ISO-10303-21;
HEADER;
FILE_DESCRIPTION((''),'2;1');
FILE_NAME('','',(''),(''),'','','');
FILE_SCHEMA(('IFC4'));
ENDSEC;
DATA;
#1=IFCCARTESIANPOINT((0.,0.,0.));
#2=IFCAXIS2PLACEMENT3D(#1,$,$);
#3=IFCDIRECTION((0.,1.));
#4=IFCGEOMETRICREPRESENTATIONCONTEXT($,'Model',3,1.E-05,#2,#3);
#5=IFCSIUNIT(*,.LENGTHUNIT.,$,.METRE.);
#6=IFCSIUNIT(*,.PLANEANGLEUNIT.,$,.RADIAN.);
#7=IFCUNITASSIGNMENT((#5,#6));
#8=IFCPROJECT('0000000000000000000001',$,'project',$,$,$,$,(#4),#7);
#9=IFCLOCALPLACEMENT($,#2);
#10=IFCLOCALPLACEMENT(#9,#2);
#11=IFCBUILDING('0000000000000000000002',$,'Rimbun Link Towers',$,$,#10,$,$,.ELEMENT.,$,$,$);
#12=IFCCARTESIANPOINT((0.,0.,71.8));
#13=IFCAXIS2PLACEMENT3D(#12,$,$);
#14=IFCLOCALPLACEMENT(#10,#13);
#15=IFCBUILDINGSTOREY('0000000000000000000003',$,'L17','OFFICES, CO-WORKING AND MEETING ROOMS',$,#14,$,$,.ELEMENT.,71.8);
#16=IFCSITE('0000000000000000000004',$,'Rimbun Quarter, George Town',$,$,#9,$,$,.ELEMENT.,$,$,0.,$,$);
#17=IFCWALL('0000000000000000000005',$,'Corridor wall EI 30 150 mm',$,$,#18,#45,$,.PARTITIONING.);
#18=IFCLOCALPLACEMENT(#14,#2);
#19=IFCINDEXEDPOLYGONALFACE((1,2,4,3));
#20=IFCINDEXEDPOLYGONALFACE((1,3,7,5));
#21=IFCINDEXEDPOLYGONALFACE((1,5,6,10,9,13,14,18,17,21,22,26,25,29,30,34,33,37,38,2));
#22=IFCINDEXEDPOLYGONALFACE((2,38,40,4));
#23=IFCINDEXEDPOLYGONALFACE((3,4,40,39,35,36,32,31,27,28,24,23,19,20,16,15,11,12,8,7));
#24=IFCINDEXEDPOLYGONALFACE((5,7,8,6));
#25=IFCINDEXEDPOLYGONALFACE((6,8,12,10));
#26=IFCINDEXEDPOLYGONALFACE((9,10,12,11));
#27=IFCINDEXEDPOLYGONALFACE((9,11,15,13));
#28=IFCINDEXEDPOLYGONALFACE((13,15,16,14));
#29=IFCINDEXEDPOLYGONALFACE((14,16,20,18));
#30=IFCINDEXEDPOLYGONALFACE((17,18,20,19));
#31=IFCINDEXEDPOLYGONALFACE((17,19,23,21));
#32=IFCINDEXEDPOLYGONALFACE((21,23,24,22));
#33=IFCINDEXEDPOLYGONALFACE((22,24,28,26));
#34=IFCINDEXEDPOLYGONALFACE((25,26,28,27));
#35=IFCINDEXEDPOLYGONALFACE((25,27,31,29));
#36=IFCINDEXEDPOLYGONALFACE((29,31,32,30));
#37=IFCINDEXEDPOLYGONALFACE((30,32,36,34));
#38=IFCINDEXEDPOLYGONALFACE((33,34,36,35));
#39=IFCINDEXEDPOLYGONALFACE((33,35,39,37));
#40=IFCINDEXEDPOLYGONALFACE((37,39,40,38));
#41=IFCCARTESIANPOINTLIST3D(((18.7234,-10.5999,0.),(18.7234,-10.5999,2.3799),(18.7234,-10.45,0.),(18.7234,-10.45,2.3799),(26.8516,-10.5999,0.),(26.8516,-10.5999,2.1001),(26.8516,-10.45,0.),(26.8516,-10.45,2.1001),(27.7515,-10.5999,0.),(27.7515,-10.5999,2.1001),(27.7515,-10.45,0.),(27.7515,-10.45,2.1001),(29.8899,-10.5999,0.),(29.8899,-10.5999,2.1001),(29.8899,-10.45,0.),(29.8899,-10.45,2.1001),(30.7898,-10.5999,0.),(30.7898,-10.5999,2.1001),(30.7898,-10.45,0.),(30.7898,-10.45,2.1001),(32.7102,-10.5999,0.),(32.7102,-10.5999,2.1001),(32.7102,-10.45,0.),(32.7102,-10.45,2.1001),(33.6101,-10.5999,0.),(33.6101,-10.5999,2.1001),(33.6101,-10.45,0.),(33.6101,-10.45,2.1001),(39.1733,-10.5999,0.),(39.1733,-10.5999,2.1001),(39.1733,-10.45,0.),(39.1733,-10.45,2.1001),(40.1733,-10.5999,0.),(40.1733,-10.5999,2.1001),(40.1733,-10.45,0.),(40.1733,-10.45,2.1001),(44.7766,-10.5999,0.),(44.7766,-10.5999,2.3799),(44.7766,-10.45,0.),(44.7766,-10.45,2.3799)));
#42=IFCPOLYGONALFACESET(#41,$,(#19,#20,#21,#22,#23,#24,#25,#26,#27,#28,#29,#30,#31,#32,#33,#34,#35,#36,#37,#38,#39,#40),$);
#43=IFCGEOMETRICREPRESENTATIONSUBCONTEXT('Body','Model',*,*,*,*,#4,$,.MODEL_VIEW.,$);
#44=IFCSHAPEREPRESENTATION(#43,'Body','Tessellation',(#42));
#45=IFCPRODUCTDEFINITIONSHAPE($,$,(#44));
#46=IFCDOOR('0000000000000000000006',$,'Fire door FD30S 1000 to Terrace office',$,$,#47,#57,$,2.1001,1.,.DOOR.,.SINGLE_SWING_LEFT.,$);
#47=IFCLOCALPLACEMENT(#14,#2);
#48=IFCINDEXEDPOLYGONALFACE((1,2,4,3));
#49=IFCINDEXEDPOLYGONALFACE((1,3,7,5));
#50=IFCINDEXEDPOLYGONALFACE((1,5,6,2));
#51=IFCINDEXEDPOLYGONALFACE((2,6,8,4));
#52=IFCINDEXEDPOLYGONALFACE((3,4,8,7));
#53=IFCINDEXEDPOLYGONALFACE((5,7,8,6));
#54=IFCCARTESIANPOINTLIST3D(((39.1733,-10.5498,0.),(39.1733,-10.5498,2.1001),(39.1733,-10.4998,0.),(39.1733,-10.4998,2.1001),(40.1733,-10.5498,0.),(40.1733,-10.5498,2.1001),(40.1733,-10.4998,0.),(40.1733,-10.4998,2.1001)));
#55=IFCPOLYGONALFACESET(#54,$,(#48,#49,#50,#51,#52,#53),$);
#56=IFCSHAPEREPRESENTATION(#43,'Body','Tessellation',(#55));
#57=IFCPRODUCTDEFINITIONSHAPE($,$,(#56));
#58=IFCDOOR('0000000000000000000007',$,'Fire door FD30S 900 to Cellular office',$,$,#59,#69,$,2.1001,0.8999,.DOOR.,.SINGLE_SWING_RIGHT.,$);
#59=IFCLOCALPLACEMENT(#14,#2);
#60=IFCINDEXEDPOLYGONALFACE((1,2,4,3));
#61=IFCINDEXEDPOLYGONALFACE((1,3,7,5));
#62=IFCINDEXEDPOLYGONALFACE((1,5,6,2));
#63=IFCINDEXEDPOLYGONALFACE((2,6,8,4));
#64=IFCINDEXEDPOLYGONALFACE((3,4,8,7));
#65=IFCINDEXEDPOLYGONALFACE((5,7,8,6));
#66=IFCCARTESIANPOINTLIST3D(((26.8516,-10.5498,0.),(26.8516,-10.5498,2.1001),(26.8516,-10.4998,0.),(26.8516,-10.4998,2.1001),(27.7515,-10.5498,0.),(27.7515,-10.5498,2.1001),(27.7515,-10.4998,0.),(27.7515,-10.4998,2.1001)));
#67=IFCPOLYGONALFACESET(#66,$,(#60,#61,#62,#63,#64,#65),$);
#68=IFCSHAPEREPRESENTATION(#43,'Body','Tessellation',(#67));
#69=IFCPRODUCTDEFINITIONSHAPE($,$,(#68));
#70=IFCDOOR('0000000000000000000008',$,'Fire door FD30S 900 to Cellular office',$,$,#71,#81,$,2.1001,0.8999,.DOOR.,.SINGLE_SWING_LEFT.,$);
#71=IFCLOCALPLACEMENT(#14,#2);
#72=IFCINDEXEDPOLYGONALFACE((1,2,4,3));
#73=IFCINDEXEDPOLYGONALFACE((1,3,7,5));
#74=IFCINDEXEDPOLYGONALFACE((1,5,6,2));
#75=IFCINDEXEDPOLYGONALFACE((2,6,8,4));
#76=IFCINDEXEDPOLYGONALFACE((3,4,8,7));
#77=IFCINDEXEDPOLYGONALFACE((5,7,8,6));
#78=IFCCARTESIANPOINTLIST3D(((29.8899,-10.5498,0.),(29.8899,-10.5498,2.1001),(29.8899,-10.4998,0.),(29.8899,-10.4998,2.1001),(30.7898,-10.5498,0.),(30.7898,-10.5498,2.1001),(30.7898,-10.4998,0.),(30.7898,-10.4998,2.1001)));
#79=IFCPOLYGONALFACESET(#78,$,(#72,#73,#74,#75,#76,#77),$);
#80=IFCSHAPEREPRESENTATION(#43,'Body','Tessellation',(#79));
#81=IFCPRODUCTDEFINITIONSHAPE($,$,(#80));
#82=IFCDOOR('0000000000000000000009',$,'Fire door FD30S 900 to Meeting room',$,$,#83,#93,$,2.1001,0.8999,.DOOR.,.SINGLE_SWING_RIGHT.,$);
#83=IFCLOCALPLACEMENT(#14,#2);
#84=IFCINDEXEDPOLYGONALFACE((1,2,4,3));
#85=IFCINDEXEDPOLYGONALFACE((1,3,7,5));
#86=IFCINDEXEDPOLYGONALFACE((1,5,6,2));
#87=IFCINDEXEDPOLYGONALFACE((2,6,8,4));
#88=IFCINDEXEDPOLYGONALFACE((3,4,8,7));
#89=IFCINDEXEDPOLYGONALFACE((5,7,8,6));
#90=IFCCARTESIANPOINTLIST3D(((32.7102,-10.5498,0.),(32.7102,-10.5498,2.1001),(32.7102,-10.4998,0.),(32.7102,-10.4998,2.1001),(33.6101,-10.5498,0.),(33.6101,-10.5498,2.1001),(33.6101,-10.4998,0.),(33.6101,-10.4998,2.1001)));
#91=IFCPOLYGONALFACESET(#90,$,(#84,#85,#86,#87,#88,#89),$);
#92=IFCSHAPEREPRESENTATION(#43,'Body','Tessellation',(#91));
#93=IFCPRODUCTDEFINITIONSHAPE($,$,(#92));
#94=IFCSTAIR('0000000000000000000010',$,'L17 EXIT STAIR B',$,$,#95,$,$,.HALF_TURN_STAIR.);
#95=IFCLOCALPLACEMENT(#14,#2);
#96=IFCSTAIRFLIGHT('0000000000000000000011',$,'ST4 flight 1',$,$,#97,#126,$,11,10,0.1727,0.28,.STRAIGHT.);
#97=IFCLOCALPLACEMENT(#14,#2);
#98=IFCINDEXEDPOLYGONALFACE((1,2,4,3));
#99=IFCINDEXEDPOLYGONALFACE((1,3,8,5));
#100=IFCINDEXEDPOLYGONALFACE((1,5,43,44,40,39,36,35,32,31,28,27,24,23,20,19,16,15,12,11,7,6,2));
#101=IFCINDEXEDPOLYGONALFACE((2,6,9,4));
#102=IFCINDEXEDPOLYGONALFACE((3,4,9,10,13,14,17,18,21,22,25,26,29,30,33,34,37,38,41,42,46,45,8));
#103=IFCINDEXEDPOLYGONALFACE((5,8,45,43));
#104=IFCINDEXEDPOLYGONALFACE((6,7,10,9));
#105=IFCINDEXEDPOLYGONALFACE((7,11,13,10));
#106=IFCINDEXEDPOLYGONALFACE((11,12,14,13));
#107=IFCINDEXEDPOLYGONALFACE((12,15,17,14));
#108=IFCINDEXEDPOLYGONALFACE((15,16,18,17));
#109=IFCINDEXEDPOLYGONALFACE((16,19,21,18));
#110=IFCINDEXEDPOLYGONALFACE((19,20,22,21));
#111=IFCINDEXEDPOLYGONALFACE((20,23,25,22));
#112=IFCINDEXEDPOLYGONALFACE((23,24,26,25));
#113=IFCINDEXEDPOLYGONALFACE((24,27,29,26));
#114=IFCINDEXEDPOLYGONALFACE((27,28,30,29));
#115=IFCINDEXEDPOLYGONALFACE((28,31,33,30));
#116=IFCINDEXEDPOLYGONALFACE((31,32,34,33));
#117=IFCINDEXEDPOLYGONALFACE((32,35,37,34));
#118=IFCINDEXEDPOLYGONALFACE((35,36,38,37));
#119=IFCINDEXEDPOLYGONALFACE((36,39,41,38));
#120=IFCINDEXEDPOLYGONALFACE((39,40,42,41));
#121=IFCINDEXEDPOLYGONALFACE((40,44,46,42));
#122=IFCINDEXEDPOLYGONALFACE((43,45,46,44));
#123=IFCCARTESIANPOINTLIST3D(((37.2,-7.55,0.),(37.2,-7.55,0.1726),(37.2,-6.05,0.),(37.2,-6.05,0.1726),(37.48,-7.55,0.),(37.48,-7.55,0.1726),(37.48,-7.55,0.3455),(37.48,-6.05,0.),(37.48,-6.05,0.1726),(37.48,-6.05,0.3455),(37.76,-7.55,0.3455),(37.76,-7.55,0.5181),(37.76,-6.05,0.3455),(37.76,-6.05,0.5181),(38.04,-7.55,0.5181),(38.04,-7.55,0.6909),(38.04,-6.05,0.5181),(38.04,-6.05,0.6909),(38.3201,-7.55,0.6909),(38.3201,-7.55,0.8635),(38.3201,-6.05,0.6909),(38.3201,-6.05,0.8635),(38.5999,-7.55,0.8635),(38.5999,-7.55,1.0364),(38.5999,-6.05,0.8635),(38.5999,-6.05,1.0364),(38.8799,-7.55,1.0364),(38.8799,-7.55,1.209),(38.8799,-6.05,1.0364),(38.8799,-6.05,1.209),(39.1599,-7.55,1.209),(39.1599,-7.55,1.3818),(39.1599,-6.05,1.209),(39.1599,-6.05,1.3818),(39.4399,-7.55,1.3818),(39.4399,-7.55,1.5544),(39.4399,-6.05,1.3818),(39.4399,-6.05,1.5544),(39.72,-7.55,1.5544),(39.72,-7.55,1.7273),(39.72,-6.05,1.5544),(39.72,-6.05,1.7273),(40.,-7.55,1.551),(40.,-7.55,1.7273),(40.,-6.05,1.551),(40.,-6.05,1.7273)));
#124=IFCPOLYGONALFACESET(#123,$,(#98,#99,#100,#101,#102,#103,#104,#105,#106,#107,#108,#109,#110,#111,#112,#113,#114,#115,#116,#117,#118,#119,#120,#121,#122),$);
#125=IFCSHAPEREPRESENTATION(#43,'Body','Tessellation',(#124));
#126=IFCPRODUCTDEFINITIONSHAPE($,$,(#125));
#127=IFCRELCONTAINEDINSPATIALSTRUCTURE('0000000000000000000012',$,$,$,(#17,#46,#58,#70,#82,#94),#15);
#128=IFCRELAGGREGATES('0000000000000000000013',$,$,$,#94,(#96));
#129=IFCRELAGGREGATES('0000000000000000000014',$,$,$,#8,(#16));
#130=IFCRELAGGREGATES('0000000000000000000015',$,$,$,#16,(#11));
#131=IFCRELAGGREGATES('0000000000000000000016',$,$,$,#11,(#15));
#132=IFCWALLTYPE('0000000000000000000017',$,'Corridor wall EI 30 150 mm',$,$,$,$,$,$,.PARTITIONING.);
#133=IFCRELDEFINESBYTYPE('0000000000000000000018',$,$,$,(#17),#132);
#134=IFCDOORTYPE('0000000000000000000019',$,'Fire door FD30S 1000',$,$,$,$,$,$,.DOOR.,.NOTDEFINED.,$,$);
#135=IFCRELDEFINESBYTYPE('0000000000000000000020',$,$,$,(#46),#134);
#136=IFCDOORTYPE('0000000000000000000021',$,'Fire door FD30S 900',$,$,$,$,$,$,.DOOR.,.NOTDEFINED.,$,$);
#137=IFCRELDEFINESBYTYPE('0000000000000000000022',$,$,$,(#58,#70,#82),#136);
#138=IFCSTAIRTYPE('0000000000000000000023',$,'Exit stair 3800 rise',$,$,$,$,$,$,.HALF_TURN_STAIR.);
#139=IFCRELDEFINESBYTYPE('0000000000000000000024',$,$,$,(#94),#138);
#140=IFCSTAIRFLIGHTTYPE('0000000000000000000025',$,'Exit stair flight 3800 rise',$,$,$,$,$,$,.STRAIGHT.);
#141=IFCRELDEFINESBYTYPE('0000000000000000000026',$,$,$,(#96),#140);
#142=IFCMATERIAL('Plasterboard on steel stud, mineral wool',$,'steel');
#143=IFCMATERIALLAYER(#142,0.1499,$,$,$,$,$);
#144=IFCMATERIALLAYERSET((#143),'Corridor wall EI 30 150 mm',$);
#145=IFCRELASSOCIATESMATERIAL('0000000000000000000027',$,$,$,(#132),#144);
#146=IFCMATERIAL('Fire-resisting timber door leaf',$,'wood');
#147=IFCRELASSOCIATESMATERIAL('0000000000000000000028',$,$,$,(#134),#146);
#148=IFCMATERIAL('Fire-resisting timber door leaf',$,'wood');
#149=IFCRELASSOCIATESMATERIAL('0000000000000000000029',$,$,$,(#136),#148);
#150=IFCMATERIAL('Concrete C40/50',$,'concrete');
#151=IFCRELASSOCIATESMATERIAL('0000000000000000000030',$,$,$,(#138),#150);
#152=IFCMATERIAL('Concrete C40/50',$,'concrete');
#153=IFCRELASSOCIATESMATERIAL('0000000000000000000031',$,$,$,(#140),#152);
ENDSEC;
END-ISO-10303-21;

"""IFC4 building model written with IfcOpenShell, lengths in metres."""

from ifc_helpers import new_model, si_unit, direction, frame, frame_2d, origin, place, context, subcontext, project, spatial, polyline, rectangle, outline, extrude, material, layer, layer_set, type_object, element, fill, aggregate, save


model = new_model("IFC4")

# Units and contexts
model_context = context("Model", 3, precision=1e-05, world=origin(), true_north=direction((0.0, 1.0)))
body_context = subcontext(model_context, "Body", "Model", "MODEL_VIEW")
ifc_project = project(units=[si_unit("LENGTHUNIT", "METRE"), si_unit("PLANEANGLEUNIT", "RADIAN")], contexts=[model_context])

# Site, building, storey
site_placement = place(None, origin())
site = spatial("IfcSite", under=ifc_project, at=site_placement, Name="Rimbun Quarter, George Town", CompositionType="ELEMENT", RefElevation=0.0)
building_placement = place(site_placement, origin())
building = spatial("IfcBuilding", under=site, at=building_placement, Name="Rimbun Link Towers", CompositionType="ELEMENT")
storey_placement = place(building_placement, frame((0.0, 0.0, 71.8)))
storey = spatial("IfcBuildingStorey", under=building, at=storey_placement, Name="L17", Description="OFFICES, CO-WORKING AND MEETING ROOMS", CompositionType="ELEMENT", Elevation=71.8)

# Shared definitions
ifc_material_1 = material(Name="Plasterboard on steel stud, mineral wool", Category="steel")
ifc_layer_1 = layer(ifc_material_1, 0.1499)
ifc_layer_set_1 = layer_set([ifc_layer_1], Name="Corridor wall EI 30 150 mm")
wall_type_1 = type_object("IfcWallType", Name="Corridor wall EI 30 150 mm", PredefinedType="PARTITIONING", material=ifc_layer_set_1)

# Wall, openings, doors
wall_1_placement = place(storey_placement, frame((44.7766, -10.5249, 0.0), z_axis=(0.0, 0.0, 1.0), x_axis=(-1.0, 0.0, 0.0)))
wall_1 = element("IfcWall", 1, at=wall_1_placement, inside=storey, type_object=wall_type_1, Name="Corridor wall EI 30 150 mm", PredefinedType="PARTITIONING", context=body_context, shape_type="SweptSolid", body=[
    extrude(rectangle(XDim=26.0532, YDim=0.1499, at=frame_2d((13.0266, 0.0))), origin(), (0.0, 0.0, 1.0), 2.3799),
])
opening_1_placement = place(wall_1_placement, frame((17.0251, 0.0, 0.0)))
opening_1 = element("IfcOpeningElement", 2, at=opening_1_placement, cuts=wall_1, PredefinedType="OPENING", context=body_context, shape_type="SweptSolid", body=[
    extrude(rectangle(XDim=0.8999, YDim=2.1001, at=frame_2d((0.45, 1.05))), frame((0.0, 0.085, 0.0), z_axis=(0.0, -1.0, 0.0), x_axis=(1.0, 0.0, 0.0)), (0.0, 0.0, 1.0), 0.1699),
])
opening_2_placement = place(wall_1_placement, frame((13.9868, 0.0, 0.0)))
opening_2 = element("IfcOpeningElement", 3, at=opening_2_placement, cuts=wall_1, PredefinedType="OPENING", context=body_context, shape_type="SweptSolid", body=[
    extrude(rectangle(XDim=0.8999, YDim=2.1001, at=frame_2d((0.45, 1.05))), frame((0.0, 0.085, 0.0), z_axis=(0.0, -1.0, 0.0), x_axis=(1.0, 0.0, 0.0)), (0.0, 0.0, 1.0), 0.1699),
])
opening_3_placement = place(wall_1_placement, frame((11.1665, 0.0, 0.0)))
opening_3 = element("IfcOpeningElement", 4, at=opening_3_placement, cuts=wall_1, PredefinedType="OPENING", context=body_context, shape_type="SweptSolid", body=[
    extrude(rectangle(XDim=0.8999, YDim=2.1001, at=frame_2d((0.45, 1.05))), frame((0.0, 0.085, 0.0), z_axis=(0.0, -1.0, 0.0), x_axis=(1.0, 0.0, 0.0)), (0.0, 0.0, 1.0), 0.1699),
])
opening_4_placement = place(wall_1_placement, frame((4.6033, 0.0, 0.0)))
opening_4 = element("IfcOpeningElement", 5, at=opening_4_placement, cuts=wall_1, PredefinedType="OPENING", context=body_context, shape_type="SweptSolid", body=[
    extrude(rectangle(XDim=1.0, YDim=2.1001, at=frame_2d((0.5, 1.05))), frame((0.0, 0.085, 0.0), z_axis=(0.0, -1.0, 0.0), x_axis=(1.0, 0.0, 0.0)), (0.0, 0.0, 1.0), 0.1699),
])
ifc_material_2 = material(Name="Fire-resisting timber door leaf", Category="wood")
door_type_1 = type_object("IfcDoorType", Name="Fire door FD30S 1000", OperationType="NOTDEFINED", PredefinedType="DOOR", material=ifc_material_2)
door_1_placement = place(opening_4_placement, origin())
door_1 = element("IfcDoor", 6, at=door_1_placement, inside=storey, type_object=door_type_1, Name="Fire door FD30S 1000 to Terrace office", OperationType="SINGLE_SWING_LEFT", OverallHeight=2.1001, OverallWidth=1.0, PredefinedType="DOOR", context=body_context, shape_type="SweptSolid", body=[
    extrude(rectangle(XDim=1.0, YDim=2.1001, at=frame_2d((0.5, 1.05))), frame((0.0, 0.0249, 0.0), z_axis=(0.0, -1.0, 0.0), x_axis=(1.0, 0.0, 0.0)), (0.0, 0.0, 1.0), 0.05),
])
fill(opening_4, door_1)
ifc_material_3 = material(Name="Fire-resisting timber door leaf", Category="wood")
door_type_2 = type_object("IfcDoorType", Name="Fire door FD30S 900", OperationType="NOTDEFINED", PredefinedType="DOOR", material=ifc_material_3)
door_2_placement = place(opening_1_placement, origin())
door_2 = element("IfcDoor", 7, at=door_2_placement, inside=storey, type_object=door_type_2, Name="Fire door FD30S 900 to Cellular office", OperationType="SINGLE_SWING_RIGHT", OverallHeight=2.1001, OverallWidth=0.8999, PredefinedType="DOOR", context=body_context, shape_type="SweptSolid", body=[
    extrude(rectangle(XDim=0.8999, YDim=2.1001, at=frame_2d((0.45, 1.05))), frame((0.0, 0.0249, 0.0), z_axis=(0.0, -1.0, 0.0), x_axis=(1.0, 0.0, 0.0)), (0.0, 0.0, 1.0), 0.05),
])
fill(opening_1, door_2)
door_3_placement = place(opening_2_placement, origin())
door_3 = element("IfcDoor", 8, at=door_3_placement, inside=storey, type_object=door_type_2, Name="Fire door FD30S 900 to Cellular office", OperationType="SINGLE_SWING_LEFT", OverallHeight=2.1001, OverallWidth=0.8999, PredefinedType="DOOR", context=body_context, shape_type="SweptSolid", body=[
    extrude(rectangle(XDim=0.8999, YDim=2.1001, at=frame_2d((0.45, 1.05))), frame((0.0, 0.0249, 0.0), z_axis=(0.0, -1.0, 0.0), x_axis=(1.0, 0.0, 0.0)), (0.0, 0.0, 1.0), 0.05),
])
fill(opening_2, door_3)
door_4_placement = place(opening_3_placement, origin())
door_4 = element("IfcDoor", 9, at=door_4_placement, inside=storey, type_object=door_type_2, Name="Fire door FD30S 900 to Meeting room", OperationType="SINGLE_SWING_RIGHT", OverallHeight=2.1001, OverallWidth=0.8999, PredefinedType="DOOR", context=body_context, shape_type="SweptSolid", body=[
    extrude(rectangle(XDim=0.8999, YDim=2.1001, at=frame_2d((0.45, 1.05))), frame((0.0, 0.0249, 0.0), z_axis=(0.0, -1.0, 0.0), x_axis=(1.0, 0.0, 0.0)), (0.0, 0.0, 1.0), 0.05),
])
fill(opening_3, door_4)

# Stair, stair flight
ifc_material_4 = material(Name="Concrete C40/50", Category="concrete")
stair_type = type_object("IfcStairType", Name="Exit stair 3800 rise", PredefinedType="HALF_TURN_STAIR", material=ifc_material_4)
stair_placement = place(storey_placement, origin())
stair = element("IfcStair", 10, at=stair_placement, inside=storey, type_object=stair_type, Name="L17 EXIT STAIR B", PredefinedType="HALF_TURN_STAIR")
ifc_material_5 = material(Name="Concrete C40/50", Category="concrete")
stair_flight_type = type_object("IfcStairFlightType", Name="Exit stair flight 3800 rise", PredefinedType="STRAIGHT", material=ifc_material_5)
stair_flight_placement = place(storey_placement, frame((37.2, -6.8, 0.0), z_axis=(0.0, 0.0, 1.0), x_axis=(1.0, 0.0, 0.0)))
stair_flight = element("IfcStairFlight", 11, at=stair_flight_placement, type_object=stair_flight_type, Name="ST4 flight 1", NumberOfRisers=11, NumberOfTreads=10, PredefinedType="STRAIGHT", RiserHeight=0.1727, TreadLength=0.28, context=body_context, shape_type="SweptSolid", body=[
    extrude(outline(polyline([(0.0, 0.0), (0.0, 0.1726), (0.28, 0.1726), (0.28, 0.3455), (0.5601, 0.3455), (0.5601, 0.5181), (0.8401, 0.5181), (0.8401, 0.6909), (1.1201, 0.6909), (1.1201, 0.8635), (1.3999, 0.8635), (1.3999, 1.0364), (1.6799, 1.0364), (1.6799, 1.209), (1.96, 1.209), (1.96, 1.3818), (2.24, 1.3818), (2.24, 1.5544), (2.52, 1.5544), (2.52, 1.7273), (2.8, 1.7273), (2.8, 1.8999), (2.8, 1.551), (0.28, 0.0), (0.0, 0.0)])), frame((0.0, 0.75, 0.0), z_axis=(0.0, -1.0, 0.0), x_axis=(1.0, 0.0, 0.0)), (0.0, 0.0, 1.0), 1.5),
])
aggregate(stair, [stair_flight])

save(model, "model.ifc")
